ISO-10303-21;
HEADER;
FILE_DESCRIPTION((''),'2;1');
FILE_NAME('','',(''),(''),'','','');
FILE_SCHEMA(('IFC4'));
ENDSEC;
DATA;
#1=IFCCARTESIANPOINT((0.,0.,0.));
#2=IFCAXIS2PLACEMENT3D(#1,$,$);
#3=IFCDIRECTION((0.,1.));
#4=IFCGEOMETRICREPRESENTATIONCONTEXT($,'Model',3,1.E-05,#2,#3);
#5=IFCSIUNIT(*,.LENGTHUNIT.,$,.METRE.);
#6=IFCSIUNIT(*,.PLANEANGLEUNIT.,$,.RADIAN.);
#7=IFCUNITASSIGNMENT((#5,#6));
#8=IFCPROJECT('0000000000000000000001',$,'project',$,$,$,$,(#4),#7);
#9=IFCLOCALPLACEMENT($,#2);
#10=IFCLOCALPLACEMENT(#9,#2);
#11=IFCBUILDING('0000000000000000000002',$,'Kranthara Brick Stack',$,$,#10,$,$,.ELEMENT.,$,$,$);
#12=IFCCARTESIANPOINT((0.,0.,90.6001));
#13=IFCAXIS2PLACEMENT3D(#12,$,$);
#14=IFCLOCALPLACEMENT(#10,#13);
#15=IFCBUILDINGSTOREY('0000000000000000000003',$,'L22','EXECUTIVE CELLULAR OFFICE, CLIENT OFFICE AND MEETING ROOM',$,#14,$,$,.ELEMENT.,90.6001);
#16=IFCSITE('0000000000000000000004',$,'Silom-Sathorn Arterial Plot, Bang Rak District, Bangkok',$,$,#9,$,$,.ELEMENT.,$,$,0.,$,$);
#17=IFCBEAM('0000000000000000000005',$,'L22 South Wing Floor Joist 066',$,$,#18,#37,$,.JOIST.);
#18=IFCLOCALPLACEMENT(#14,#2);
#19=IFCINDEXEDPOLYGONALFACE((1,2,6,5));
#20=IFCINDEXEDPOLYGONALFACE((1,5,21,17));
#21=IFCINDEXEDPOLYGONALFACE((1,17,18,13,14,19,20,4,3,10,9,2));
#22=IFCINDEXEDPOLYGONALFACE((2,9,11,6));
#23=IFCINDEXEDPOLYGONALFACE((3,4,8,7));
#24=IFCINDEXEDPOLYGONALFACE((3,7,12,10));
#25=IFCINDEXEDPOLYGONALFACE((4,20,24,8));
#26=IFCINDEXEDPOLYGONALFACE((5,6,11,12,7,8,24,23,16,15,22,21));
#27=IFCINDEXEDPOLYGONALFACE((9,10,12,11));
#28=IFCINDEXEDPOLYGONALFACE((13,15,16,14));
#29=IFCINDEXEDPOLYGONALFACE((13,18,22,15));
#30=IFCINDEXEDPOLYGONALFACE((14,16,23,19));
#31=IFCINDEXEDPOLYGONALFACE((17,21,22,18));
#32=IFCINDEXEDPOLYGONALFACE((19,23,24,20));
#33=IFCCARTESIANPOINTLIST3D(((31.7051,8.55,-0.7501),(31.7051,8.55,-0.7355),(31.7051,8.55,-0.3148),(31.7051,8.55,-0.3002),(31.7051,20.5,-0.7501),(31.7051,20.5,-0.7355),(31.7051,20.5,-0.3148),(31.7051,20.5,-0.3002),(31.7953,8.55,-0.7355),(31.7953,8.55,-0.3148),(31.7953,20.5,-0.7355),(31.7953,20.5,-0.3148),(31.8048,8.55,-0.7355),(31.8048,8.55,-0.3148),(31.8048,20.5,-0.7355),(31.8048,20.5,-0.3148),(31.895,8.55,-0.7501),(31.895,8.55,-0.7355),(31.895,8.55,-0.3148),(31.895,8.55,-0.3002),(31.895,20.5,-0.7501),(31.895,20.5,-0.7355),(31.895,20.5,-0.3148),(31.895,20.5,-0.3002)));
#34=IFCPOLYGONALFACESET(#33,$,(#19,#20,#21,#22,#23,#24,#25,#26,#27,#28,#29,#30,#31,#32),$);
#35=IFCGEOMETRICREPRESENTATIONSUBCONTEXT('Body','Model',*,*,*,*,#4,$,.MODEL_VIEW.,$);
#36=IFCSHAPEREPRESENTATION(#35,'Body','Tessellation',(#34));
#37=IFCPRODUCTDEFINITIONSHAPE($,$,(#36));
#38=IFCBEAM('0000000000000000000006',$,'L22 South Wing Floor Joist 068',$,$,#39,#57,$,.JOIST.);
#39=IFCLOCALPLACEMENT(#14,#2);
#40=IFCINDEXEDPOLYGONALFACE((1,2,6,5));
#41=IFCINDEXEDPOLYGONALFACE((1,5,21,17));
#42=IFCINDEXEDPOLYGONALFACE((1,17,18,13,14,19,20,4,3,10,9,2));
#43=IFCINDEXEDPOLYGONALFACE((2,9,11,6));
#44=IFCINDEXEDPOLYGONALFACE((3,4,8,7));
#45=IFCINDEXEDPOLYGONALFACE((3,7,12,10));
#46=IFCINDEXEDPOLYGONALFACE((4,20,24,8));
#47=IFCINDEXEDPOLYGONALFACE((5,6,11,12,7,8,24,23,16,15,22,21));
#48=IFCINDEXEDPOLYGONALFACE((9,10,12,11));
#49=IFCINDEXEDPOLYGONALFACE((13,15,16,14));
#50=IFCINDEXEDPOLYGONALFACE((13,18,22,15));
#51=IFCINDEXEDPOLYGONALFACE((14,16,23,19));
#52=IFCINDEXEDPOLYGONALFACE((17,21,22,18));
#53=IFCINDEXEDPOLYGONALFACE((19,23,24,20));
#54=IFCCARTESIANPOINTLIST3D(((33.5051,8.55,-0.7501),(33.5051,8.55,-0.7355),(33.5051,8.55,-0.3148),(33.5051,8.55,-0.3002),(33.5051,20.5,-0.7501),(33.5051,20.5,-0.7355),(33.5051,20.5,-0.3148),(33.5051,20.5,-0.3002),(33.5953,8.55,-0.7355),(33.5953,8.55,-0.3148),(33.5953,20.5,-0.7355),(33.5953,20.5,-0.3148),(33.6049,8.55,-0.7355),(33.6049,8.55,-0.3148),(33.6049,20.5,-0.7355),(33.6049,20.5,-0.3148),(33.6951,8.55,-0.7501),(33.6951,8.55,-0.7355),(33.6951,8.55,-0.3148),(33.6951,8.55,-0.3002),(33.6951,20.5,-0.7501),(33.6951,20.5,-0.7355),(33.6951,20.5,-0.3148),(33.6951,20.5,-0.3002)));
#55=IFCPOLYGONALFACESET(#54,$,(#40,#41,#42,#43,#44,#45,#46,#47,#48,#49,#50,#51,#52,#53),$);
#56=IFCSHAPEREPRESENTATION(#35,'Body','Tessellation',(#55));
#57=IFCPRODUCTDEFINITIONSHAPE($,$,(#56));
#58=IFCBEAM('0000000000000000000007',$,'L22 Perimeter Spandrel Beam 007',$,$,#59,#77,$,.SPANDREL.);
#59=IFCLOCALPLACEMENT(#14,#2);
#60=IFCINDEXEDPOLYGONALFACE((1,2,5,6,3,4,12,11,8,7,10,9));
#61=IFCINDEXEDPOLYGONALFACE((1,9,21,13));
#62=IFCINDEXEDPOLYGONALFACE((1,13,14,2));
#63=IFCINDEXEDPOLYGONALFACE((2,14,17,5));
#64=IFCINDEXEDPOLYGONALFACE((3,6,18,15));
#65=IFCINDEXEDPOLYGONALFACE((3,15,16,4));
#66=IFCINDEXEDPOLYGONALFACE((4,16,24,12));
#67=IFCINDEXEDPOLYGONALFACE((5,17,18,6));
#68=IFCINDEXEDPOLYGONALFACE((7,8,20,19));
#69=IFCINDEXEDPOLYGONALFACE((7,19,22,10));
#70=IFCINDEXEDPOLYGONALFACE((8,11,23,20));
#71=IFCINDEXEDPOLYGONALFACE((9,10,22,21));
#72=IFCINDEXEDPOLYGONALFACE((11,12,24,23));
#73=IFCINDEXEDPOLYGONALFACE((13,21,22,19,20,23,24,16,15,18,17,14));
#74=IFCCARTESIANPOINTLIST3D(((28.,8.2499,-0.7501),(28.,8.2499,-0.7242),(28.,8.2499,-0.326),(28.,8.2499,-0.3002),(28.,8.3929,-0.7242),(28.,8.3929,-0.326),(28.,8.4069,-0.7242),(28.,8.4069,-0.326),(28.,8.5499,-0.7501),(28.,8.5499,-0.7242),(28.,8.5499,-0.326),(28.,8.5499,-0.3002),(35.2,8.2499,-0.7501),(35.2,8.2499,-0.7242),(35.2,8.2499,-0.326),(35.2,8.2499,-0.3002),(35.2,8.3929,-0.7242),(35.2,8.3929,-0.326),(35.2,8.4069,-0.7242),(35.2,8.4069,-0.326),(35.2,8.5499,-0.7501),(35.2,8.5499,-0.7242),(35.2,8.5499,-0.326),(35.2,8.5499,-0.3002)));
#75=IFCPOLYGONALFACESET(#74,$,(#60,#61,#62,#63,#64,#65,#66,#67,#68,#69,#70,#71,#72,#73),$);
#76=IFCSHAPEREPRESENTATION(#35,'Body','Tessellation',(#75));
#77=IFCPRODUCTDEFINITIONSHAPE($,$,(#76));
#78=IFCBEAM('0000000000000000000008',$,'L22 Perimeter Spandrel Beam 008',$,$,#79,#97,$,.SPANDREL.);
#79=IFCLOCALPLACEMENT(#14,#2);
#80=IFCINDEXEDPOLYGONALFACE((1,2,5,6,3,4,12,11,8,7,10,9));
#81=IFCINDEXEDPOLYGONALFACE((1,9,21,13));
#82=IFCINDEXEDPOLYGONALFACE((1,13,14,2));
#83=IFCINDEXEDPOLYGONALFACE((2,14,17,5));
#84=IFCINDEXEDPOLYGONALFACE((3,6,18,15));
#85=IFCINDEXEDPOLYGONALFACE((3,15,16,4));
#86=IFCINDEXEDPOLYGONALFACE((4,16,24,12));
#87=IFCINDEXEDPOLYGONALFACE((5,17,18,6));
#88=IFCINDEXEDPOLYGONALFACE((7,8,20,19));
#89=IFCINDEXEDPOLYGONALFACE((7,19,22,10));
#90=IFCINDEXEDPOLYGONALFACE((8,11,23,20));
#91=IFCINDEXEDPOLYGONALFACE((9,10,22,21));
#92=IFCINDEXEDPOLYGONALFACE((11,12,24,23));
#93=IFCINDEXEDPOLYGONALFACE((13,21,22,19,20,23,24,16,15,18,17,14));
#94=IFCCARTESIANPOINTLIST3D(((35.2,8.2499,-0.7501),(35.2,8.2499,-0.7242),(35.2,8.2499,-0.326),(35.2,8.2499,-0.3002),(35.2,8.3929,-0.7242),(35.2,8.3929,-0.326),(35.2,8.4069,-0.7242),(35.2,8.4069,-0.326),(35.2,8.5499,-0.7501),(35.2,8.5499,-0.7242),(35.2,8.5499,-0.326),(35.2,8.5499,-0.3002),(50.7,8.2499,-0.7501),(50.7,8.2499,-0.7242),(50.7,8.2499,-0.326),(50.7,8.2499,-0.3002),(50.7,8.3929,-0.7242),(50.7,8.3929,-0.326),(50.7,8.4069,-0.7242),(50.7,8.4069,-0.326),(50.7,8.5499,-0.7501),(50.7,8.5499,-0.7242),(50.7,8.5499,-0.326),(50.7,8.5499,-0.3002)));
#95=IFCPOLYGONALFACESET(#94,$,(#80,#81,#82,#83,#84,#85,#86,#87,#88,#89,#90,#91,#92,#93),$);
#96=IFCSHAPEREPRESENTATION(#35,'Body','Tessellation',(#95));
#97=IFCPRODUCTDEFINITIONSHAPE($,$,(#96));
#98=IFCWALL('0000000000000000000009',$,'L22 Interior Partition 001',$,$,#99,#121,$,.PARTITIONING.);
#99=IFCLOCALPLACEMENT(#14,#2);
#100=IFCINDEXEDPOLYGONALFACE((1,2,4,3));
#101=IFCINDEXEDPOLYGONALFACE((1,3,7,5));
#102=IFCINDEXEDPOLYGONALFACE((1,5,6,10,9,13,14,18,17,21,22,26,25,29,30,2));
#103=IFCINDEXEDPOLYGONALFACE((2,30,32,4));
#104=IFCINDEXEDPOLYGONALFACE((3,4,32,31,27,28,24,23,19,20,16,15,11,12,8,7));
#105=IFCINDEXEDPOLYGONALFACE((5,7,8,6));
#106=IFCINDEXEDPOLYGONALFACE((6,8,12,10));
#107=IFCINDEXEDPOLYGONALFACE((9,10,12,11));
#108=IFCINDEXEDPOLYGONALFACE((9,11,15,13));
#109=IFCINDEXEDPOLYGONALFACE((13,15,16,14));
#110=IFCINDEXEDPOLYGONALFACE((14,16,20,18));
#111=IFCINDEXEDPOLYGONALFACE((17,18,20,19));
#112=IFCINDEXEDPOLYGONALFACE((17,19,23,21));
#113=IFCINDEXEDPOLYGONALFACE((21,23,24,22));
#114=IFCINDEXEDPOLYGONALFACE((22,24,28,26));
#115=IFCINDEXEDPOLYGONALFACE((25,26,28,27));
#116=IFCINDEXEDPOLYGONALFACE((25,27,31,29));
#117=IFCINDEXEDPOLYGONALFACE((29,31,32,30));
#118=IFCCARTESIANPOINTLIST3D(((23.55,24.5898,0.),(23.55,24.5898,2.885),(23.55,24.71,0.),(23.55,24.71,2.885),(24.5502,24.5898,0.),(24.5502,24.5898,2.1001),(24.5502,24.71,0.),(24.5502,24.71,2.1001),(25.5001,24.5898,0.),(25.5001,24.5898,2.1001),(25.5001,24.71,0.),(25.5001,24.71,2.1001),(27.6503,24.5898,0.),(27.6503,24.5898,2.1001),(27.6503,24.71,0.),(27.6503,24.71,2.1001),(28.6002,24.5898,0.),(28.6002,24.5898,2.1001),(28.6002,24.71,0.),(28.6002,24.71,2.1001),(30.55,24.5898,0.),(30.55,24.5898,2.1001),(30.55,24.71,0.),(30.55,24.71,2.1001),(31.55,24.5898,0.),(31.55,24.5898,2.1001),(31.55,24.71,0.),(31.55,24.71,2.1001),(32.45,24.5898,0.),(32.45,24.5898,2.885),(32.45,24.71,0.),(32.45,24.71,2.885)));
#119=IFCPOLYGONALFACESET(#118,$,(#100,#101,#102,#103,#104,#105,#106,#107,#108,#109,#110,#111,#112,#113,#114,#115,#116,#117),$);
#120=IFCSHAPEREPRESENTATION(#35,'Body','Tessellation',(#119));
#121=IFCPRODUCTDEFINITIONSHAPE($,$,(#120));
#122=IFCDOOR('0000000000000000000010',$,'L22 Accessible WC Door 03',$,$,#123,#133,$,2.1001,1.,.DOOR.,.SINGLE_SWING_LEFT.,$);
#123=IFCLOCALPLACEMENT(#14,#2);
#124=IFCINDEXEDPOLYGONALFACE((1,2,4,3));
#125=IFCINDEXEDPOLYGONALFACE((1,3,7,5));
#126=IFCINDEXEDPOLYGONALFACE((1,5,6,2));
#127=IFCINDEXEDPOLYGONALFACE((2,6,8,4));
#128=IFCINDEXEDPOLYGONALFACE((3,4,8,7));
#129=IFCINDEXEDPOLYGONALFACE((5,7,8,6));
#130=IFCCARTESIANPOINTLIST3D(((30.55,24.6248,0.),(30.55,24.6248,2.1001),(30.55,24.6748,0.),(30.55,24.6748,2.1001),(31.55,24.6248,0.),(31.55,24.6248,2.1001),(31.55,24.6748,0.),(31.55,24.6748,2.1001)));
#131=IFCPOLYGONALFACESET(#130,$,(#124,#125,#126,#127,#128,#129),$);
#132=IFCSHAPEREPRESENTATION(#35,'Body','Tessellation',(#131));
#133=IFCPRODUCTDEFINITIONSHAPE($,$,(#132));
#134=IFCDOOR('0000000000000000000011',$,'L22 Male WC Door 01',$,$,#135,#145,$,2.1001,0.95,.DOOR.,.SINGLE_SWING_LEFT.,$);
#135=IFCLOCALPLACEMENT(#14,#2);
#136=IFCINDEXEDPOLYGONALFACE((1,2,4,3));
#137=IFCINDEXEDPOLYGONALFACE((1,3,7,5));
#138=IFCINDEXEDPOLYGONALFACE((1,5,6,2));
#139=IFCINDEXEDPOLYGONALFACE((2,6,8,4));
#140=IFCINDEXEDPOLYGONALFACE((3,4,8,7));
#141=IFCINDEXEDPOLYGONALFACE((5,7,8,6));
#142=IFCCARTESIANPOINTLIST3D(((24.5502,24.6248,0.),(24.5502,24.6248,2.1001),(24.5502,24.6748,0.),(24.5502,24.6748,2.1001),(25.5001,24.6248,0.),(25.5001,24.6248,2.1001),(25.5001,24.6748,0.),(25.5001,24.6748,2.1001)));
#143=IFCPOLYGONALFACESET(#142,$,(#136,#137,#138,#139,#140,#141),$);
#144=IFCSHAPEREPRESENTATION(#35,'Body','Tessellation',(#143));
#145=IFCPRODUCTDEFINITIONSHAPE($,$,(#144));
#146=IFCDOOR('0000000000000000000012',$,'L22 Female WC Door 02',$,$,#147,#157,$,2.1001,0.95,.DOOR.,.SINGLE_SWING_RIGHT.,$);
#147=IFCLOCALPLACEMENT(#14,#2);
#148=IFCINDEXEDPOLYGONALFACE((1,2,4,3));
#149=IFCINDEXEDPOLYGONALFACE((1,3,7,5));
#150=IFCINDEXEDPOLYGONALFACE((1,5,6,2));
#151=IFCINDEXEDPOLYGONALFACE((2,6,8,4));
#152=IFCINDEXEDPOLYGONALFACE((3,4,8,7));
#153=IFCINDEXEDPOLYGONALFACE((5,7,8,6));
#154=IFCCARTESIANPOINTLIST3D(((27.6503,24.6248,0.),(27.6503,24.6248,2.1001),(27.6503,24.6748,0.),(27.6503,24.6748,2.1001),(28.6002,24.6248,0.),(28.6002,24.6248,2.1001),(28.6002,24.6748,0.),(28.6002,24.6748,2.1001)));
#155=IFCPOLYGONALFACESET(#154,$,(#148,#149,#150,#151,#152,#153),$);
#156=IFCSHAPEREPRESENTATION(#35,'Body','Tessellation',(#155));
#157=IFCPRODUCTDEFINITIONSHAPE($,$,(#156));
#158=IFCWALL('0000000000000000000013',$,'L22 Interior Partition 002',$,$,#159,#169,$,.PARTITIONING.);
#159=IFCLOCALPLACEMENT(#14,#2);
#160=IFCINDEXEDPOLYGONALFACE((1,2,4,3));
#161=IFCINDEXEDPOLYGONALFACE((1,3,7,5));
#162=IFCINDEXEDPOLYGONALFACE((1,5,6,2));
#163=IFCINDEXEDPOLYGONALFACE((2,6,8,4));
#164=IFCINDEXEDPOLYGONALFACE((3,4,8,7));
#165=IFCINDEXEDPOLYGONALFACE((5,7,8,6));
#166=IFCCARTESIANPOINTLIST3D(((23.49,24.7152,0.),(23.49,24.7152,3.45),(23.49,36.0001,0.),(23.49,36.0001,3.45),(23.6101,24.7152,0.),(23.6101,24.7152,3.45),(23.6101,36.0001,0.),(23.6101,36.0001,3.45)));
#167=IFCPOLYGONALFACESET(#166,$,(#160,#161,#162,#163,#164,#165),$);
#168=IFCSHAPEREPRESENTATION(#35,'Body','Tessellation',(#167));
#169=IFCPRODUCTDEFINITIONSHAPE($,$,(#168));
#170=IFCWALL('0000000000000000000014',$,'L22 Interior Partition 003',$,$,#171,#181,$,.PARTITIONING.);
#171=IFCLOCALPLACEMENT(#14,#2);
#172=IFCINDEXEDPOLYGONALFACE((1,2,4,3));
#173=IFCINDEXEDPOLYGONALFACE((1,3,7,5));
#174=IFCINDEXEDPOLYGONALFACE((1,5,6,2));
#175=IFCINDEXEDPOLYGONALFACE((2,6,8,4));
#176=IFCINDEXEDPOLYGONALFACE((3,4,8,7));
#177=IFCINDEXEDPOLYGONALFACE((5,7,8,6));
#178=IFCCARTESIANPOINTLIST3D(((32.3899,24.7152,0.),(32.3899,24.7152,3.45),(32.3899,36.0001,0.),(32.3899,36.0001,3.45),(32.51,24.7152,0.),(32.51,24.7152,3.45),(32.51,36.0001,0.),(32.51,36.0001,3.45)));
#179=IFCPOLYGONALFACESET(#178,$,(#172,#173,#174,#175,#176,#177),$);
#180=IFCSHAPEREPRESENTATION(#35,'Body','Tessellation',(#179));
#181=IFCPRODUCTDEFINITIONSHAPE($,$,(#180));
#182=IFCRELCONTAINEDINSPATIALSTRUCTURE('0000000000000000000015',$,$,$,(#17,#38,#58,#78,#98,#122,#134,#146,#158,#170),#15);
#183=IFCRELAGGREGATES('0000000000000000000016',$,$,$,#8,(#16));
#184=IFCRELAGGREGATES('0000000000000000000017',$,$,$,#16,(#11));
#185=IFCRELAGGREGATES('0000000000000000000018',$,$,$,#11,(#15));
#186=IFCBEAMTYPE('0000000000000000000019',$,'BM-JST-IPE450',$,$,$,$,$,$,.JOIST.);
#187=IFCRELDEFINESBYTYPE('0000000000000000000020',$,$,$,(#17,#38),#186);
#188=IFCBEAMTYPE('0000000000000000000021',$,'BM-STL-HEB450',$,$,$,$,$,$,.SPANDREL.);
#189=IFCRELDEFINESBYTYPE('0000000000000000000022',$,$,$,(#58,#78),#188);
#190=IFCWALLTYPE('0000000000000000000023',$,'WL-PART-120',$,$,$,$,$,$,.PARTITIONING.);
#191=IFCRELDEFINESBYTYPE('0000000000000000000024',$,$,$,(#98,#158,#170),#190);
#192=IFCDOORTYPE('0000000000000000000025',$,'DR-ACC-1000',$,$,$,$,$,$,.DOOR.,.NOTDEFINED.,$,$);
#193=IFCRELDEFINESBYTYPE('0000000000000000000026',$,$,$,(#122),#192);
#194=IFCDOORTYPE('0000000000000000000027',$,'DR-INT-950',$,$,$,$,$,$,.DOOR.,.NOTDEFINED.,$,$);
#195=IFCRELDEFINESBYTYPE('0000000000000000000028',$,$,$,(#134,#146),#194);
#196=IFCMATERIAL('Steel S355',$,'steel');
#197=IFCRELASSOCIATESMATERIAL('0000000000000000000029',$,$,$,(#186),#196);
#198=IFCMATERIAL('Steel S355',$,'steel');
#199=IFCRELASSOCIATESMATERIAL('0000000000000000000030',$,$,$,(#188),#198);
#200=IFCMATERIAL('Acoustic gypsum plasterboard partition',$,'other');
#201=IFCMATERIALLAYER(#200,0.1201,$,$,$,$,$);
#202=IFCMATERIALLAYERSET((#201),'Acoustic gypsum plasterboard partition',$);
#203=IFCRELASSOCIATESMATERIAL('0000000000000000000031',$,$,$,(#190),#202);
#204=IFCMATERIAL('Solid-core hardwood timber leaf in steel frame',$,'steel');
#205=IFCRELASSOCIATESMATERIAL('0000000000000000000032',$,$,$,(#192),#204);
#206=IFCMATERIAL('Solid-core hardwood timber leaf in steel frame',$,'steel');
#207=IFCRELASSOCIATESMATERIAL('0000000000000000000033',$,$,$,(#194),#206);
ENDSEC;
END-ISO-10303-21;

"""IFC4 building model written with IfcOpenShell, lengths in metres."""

from ifc_helpers import new_model, si_unit, direction, frame, frame_2d, origin, origin_2d, place, context, subcontext, project, spatial, rectangle, i_section, extrude, material, layer, layer_set, material_profile, profile_set, type_object, element, fill, save


model = new_model("IFC4")

# Units and contexts
model_context = context("Model", 3, precision=1e-05, world=origin(), true_north=direction((0.0, 1.0)))
body_context = subcontext(model_context, "Body", "Model", "MODEL_VIEW")
ifc_project = project(units=[si_unit("LENGTHUNIT", "METRE"), si_unit("PLANEANGLEUNIT", "RADIAN")], contexts=[model_context])

# Site, building, storey
site_placement = place(None, origin())
site = spatial("IfcSite", under=ifc_project, at=site_placement, Name="Silom-Sathorn Arterial Plot, Bang Rak District, Bangkok", CompositionType="ELEMENT", RefElevation=0.0)
building_placement = place(site_placement, origin())
building = spatial("IfcBuilding", under=site, at=building_placement, Name="Kranthara Brick Stack", CompositionType="ELEMENT")
storey_placement = place(building_placement, frame((0.0, 0.0, 90.6001)))
storey = spatial("IfcBuildingStorey", under=building, at=storey_placement, Name="L22", Description="EXECUTIVE CELLULAR OFFICE, CLIENT OFFICE AND MEETING ROOM", CompositionType="ELEMENT", Elevation=90.6001)

# Beams
ifc_material_1 = material(Name="Steel S355", Category="steel")
ifc_material_profile_1 = material_profile(ifc_material_1, i_section(OverallWidth=0.1899, OverallDepth=0.45, WebThickness=0.0095, FlangeThickness=0.0146, at=origin_2d()), Name="IPE 450")
ifc_profile_set_1 = profile_set([ifc_material_profile_1], Name="Steel S355")
beam_type_1 = type_object("IfcBeamType", Name="BM-JST-IPE450", PredefinedType="JOIST", material=ifc_profile_set_1)
for number, where, z_axis, x_axis, name in (
    (1, (31.8, 8.55, -0.5251), (0.0, 1.0, 0.0), (-1.0, 0.0, 0.0), "L22 South Wing Floor Joist 066"),
    (2, (33.6001, 8.55, -0.5251), (0.0, 1.0, 0.0), (-1.0, 0.0, 0.0), "L22 South Wing Floor Joist 068"),
):
    element("IfcBeam", number, at=place(storey_placement, frame(where, z_axis=z_axis, x_axis=x_axis)), inside=storey, type_object=beam_type_1, Name=name, PredefinedType="JOIST", context=body_context, shape_type="SweptSolid", body=[
        extrude(i_section(OverallWidth=0.1899, OverallDepth=0.45, WebThickness=0.0095, FlangeThickness=0.0146, at=origin_2d()), origin(), (0.0, 0.0, 1.0), 11.95),
    ])
ifc_material_2 = material(Name="Steel S355", Category="steel")
ifc_material_profile_2 = material_profile(ifc_material_2, i_section(OverallWidth=0.3, OverallDepth=0.45, WebThickness=0.0139, FlangeThickness=0.0259, at=origin_2d()), Name="HEB 450")
ifc_profile_set_2 = profile_set([ifc_material_profile_2], Name="Steel S355")
beam_type_2 = type_object("IfcBeamType", Name="BM-STL-HEB450", PredefinedType="SPANDREL", material=ifc_profile_set_2)
beam_1_placement = place(storey_placement, frame((28.0, 8.3999, -0.5251), z_axis=(1.0, 0.0, 0.0), x_axis=(0.0, 1.0, 0.0)))
element("IfcBeam", 3, at=beam_1_placement, inside=storey, type_object=beam_type_2, Name="L22 Perimeter Spandrel Beam 007", PredefinedType="SPANDREL", context=body_context, shape_type="SweptSolid", body=[
    extrude(i_section(OverallWidth=0.3, OverallDepth=0.45, WebThickness=0.0139, FlangeThickness=0.0259, at=origin_2d()), origin(), (0.0, 0.0, 1.0), 7.2),
])
beam_2_placement = place(storey_placement, frame((35.2, 8.3999, -0.5251), z_axis=(1.0, 0.0, 0.0), x_axis=(0.0, 1.0, 0.0)))
element("IfcBeam", 4, at=beam_2_placement, inside=storey, type_object=beam_type_2, Name="L22 Perimeter Spandrel Beam 008", PredefinedType="SPANDREL", context=body_context, shape_type="SweptSolid", body=[
    extrude(i_section(OverallWidth=0.3, OverallDepth=0.45, WebThickness=0.0139, FlangeThickness=0.0259, at=origin_2d()), origin(), (0.0, 0.0, 1.0), 15.5),
])

# Wall, openings, doors
ifc_material_3 = material(Name="Acoustic gypsum plasterboard partition", Category="other")
ifc_layer = layer(ifc_material_3, 0.1201)
ifc_layer_set = layer_set([ifc_layer], Name="Acoustic gypsum plasterboard partition")
wall_type = type_object("IfcWallType", Name="WL-PART-120", PredefinedType="PARTITIONING", material=ifc_layer_set)
wall_1_placement = place(storey_placement, frame((23.55, 24.6499, 0.0), z_axis=(0.0, 0.0, 1.0), x_axis=(1.0, 0.0, 0.0)))
wall_1 = element("IfcWall", 5, at=wall_1_placement, inside=storey, type_object=wall_type, Name="L22 Interior Partition 001", PredefinedType="PARTITIONING", context=body_context, shape_type="SweptSolid", body=[
    extrude(rectangle(XDim=8.8999, YDim=0.1201, at=frame_2d((4.45, 0.0))), origin(), (0.0, 0.0, 1.0), 2.885),
])
opening_1_placement = place(wall_1_placement, frame((1.0, 0.0, 0.0)))
opening_1 = element("IfcOpeningElement", 6, at=opening_1_placement, cuts=wall_1, PredefinedType="OPENING", context=body_context, shape_type="SweptSolid", body=[
    extrude(rectangle(XDim=0.95, YDim=2.1001, at=frame_2d((0.4751, 1.05))), frame((0.0, 0.0701, 0.0), z_axis=(0.0, -1.0, 0.0), x_axis=(1.0, 0.0, 0.0)), (0.0, 0.0, 1.0), 0.1401),
])
opening_2_placement = place(wall_1_placement, frame((4.1001, 0.0, 0.0)))
opening_2 = element("IfcOpeningElement", 7, at=opening_2_placement, cuts=wall_1, PredefinedType="OPENING", context=body_context, shape_type="SweptSolid", body=[
    extrude(rectangle(XDim=0.95, YDim=2.1001, at=frame_2d((0.4751, 1.05))), frame((0.0, 0.0701, 0.0), z_axis=(0.0, -1.0, 0.0), x_axis=(1.0, 0.0, 0.0)), (0.0, 0.0, 1.0), 0.1401),
])
opening_3_placement = place(wall_1_placement, frame((7.0, 0.0, 0.0)))
opening_3 = element("IfcOpeningElement", 8, at=opening_3_placement, cuts=wall_1, PredefinedType="OPENING", context=body_context, shape_type="SweptSolid", body=[
    extrude(rectangle(XDim=1.0, YDim=2.1001, at=frame_2d((0.5, 1.05))), frame((0.0, 0.0701, 0.0), z_axis=(0.0, -1.0, 0.0), x_axis=(1.0, 0.0, 0.0)), (0.0, 0.0, 1.0), 0.1401),
])
ifc_material_4 = material(Name="Solid-core hardwood timber leaf in steel frame", Category="steel")
door_type_1 = type_object("IfcDoorType", Name="DR-ACC-1000", OperationType="NOTDEFINED", PredefinedType="DOOR", material=ifc_material_4)
door_1_placement = place(opening_3_placement, origin())
door_1 = element("IfcDoor", 9, at=door_1_placement, inside=storey, type_object=door_type_1, Name="L22 Accessible WC Door 03", OperationType="SINGLE_SWING_LEFT", OverallHeight=2.1001, OverallWidth=1.0, PredefinedType="DOOR", context=body_context, shape_type="SweptSolid", body=[
    extrude(rectangle(XDim=1.0, YDim=2.1001, at=frame_2d((0.5, 1.05))), frame((0.0, 0.0249, 0.0), z_axis=(0.0, -1.0, 0.0), x_axis=(1.0, 0.0, 0.0)), (0.0, 0.0, 1.0), 0.05),
])
fill(opening_3, door_1)
ifc_material_5 = material(Name="Solid-core hardwood timber leaf in steel frame", Category="steel")
door_type_2 = type_object("IfcDoorType", Name="DR-INT-950", OperationType="NOTDEFINED", PredefinedType="DOOR", material=ifc_material_5)
door_2_placement = place(opening_1_placement, origin())
door_2 = element("IfcDoor", 10, at=door_2_placement, inside=storey, type_object=door_type_2, Name="L22 Male WC Door 01", OperationType="SINGLE_SWING_LEFT", OverallHeight=2.1001, OverallWidth=0.95, PredefinedType="DOOR", context=body_context, shape_type="SweptSolid", body=[
    extrude(rectangle(XDim=0.95, YDim=2.1001, at=frame_2d((0.4751, 1.05))), frame((0.0, 0.0249, 0.0), z_axis=(0.0, -1.0, 0.0), x_axis=(1.0, 0.0, 0.0)), (0.0, 0.0, 1.0), 0.05),
])
fill(opening_1, door_2)
door_3_placement = place(opening_2_placement, origin())
door_3 = element("IfcDoor", 11, at=door_3_placement, inside=storey, type_object=door_type_2, Name="L22 Female WC Door 02", OperationType="SINGLE_SWING_RIGHT", OverallHeight=2.1001, OverallWidth=0.95, PredefinedType="DOOR", context=body_context, shape_type="SweptSolid", body=[
    extrude(rectangle(XDim=0.95, YDim=2.1001, at=frame_2d((0.4751, 1.05))), frame((0.0, 0.0249, 0.0), z_axis=(0.0, -1.0, 0.0), x_axis=(1.0, 0.0, 0.0)), (0.0, 0.0, 1.0), 0.05),
])
fill(opening_2, door_3)

# Walls
for number, where, z_axis, x_axis, name in (
    (12, (23.55, 24.7151, 0.0), (0.0, 0.0, 1.0), (0.0, 1.0, 0.0), "L22 Interior Partition 002"),
    (13, (32.45, 24.7151, 0.0), (0.0, 0.0, 1.0), (0.0, 1.0, 0.0), "L22 Interior Partition 003"),
):
    element("IfcWall", number, at=place(storey_placement, frame(where, z_axis=z_axis, x_axis=x_axis)), inside=storey, type_object=wall_type, Name=name, PredefinedType="PARTITIONING", context=body_context, shape_type="SweptSolid", body=[
        extrude(rectangle(XDim=11.2849, YDim=0.1201, at=frame_2d((5.6426, 0.0))), origin(), (0.0, 0.0, 1.0), 3.45),
    ])

save(model, "model.ifc")
